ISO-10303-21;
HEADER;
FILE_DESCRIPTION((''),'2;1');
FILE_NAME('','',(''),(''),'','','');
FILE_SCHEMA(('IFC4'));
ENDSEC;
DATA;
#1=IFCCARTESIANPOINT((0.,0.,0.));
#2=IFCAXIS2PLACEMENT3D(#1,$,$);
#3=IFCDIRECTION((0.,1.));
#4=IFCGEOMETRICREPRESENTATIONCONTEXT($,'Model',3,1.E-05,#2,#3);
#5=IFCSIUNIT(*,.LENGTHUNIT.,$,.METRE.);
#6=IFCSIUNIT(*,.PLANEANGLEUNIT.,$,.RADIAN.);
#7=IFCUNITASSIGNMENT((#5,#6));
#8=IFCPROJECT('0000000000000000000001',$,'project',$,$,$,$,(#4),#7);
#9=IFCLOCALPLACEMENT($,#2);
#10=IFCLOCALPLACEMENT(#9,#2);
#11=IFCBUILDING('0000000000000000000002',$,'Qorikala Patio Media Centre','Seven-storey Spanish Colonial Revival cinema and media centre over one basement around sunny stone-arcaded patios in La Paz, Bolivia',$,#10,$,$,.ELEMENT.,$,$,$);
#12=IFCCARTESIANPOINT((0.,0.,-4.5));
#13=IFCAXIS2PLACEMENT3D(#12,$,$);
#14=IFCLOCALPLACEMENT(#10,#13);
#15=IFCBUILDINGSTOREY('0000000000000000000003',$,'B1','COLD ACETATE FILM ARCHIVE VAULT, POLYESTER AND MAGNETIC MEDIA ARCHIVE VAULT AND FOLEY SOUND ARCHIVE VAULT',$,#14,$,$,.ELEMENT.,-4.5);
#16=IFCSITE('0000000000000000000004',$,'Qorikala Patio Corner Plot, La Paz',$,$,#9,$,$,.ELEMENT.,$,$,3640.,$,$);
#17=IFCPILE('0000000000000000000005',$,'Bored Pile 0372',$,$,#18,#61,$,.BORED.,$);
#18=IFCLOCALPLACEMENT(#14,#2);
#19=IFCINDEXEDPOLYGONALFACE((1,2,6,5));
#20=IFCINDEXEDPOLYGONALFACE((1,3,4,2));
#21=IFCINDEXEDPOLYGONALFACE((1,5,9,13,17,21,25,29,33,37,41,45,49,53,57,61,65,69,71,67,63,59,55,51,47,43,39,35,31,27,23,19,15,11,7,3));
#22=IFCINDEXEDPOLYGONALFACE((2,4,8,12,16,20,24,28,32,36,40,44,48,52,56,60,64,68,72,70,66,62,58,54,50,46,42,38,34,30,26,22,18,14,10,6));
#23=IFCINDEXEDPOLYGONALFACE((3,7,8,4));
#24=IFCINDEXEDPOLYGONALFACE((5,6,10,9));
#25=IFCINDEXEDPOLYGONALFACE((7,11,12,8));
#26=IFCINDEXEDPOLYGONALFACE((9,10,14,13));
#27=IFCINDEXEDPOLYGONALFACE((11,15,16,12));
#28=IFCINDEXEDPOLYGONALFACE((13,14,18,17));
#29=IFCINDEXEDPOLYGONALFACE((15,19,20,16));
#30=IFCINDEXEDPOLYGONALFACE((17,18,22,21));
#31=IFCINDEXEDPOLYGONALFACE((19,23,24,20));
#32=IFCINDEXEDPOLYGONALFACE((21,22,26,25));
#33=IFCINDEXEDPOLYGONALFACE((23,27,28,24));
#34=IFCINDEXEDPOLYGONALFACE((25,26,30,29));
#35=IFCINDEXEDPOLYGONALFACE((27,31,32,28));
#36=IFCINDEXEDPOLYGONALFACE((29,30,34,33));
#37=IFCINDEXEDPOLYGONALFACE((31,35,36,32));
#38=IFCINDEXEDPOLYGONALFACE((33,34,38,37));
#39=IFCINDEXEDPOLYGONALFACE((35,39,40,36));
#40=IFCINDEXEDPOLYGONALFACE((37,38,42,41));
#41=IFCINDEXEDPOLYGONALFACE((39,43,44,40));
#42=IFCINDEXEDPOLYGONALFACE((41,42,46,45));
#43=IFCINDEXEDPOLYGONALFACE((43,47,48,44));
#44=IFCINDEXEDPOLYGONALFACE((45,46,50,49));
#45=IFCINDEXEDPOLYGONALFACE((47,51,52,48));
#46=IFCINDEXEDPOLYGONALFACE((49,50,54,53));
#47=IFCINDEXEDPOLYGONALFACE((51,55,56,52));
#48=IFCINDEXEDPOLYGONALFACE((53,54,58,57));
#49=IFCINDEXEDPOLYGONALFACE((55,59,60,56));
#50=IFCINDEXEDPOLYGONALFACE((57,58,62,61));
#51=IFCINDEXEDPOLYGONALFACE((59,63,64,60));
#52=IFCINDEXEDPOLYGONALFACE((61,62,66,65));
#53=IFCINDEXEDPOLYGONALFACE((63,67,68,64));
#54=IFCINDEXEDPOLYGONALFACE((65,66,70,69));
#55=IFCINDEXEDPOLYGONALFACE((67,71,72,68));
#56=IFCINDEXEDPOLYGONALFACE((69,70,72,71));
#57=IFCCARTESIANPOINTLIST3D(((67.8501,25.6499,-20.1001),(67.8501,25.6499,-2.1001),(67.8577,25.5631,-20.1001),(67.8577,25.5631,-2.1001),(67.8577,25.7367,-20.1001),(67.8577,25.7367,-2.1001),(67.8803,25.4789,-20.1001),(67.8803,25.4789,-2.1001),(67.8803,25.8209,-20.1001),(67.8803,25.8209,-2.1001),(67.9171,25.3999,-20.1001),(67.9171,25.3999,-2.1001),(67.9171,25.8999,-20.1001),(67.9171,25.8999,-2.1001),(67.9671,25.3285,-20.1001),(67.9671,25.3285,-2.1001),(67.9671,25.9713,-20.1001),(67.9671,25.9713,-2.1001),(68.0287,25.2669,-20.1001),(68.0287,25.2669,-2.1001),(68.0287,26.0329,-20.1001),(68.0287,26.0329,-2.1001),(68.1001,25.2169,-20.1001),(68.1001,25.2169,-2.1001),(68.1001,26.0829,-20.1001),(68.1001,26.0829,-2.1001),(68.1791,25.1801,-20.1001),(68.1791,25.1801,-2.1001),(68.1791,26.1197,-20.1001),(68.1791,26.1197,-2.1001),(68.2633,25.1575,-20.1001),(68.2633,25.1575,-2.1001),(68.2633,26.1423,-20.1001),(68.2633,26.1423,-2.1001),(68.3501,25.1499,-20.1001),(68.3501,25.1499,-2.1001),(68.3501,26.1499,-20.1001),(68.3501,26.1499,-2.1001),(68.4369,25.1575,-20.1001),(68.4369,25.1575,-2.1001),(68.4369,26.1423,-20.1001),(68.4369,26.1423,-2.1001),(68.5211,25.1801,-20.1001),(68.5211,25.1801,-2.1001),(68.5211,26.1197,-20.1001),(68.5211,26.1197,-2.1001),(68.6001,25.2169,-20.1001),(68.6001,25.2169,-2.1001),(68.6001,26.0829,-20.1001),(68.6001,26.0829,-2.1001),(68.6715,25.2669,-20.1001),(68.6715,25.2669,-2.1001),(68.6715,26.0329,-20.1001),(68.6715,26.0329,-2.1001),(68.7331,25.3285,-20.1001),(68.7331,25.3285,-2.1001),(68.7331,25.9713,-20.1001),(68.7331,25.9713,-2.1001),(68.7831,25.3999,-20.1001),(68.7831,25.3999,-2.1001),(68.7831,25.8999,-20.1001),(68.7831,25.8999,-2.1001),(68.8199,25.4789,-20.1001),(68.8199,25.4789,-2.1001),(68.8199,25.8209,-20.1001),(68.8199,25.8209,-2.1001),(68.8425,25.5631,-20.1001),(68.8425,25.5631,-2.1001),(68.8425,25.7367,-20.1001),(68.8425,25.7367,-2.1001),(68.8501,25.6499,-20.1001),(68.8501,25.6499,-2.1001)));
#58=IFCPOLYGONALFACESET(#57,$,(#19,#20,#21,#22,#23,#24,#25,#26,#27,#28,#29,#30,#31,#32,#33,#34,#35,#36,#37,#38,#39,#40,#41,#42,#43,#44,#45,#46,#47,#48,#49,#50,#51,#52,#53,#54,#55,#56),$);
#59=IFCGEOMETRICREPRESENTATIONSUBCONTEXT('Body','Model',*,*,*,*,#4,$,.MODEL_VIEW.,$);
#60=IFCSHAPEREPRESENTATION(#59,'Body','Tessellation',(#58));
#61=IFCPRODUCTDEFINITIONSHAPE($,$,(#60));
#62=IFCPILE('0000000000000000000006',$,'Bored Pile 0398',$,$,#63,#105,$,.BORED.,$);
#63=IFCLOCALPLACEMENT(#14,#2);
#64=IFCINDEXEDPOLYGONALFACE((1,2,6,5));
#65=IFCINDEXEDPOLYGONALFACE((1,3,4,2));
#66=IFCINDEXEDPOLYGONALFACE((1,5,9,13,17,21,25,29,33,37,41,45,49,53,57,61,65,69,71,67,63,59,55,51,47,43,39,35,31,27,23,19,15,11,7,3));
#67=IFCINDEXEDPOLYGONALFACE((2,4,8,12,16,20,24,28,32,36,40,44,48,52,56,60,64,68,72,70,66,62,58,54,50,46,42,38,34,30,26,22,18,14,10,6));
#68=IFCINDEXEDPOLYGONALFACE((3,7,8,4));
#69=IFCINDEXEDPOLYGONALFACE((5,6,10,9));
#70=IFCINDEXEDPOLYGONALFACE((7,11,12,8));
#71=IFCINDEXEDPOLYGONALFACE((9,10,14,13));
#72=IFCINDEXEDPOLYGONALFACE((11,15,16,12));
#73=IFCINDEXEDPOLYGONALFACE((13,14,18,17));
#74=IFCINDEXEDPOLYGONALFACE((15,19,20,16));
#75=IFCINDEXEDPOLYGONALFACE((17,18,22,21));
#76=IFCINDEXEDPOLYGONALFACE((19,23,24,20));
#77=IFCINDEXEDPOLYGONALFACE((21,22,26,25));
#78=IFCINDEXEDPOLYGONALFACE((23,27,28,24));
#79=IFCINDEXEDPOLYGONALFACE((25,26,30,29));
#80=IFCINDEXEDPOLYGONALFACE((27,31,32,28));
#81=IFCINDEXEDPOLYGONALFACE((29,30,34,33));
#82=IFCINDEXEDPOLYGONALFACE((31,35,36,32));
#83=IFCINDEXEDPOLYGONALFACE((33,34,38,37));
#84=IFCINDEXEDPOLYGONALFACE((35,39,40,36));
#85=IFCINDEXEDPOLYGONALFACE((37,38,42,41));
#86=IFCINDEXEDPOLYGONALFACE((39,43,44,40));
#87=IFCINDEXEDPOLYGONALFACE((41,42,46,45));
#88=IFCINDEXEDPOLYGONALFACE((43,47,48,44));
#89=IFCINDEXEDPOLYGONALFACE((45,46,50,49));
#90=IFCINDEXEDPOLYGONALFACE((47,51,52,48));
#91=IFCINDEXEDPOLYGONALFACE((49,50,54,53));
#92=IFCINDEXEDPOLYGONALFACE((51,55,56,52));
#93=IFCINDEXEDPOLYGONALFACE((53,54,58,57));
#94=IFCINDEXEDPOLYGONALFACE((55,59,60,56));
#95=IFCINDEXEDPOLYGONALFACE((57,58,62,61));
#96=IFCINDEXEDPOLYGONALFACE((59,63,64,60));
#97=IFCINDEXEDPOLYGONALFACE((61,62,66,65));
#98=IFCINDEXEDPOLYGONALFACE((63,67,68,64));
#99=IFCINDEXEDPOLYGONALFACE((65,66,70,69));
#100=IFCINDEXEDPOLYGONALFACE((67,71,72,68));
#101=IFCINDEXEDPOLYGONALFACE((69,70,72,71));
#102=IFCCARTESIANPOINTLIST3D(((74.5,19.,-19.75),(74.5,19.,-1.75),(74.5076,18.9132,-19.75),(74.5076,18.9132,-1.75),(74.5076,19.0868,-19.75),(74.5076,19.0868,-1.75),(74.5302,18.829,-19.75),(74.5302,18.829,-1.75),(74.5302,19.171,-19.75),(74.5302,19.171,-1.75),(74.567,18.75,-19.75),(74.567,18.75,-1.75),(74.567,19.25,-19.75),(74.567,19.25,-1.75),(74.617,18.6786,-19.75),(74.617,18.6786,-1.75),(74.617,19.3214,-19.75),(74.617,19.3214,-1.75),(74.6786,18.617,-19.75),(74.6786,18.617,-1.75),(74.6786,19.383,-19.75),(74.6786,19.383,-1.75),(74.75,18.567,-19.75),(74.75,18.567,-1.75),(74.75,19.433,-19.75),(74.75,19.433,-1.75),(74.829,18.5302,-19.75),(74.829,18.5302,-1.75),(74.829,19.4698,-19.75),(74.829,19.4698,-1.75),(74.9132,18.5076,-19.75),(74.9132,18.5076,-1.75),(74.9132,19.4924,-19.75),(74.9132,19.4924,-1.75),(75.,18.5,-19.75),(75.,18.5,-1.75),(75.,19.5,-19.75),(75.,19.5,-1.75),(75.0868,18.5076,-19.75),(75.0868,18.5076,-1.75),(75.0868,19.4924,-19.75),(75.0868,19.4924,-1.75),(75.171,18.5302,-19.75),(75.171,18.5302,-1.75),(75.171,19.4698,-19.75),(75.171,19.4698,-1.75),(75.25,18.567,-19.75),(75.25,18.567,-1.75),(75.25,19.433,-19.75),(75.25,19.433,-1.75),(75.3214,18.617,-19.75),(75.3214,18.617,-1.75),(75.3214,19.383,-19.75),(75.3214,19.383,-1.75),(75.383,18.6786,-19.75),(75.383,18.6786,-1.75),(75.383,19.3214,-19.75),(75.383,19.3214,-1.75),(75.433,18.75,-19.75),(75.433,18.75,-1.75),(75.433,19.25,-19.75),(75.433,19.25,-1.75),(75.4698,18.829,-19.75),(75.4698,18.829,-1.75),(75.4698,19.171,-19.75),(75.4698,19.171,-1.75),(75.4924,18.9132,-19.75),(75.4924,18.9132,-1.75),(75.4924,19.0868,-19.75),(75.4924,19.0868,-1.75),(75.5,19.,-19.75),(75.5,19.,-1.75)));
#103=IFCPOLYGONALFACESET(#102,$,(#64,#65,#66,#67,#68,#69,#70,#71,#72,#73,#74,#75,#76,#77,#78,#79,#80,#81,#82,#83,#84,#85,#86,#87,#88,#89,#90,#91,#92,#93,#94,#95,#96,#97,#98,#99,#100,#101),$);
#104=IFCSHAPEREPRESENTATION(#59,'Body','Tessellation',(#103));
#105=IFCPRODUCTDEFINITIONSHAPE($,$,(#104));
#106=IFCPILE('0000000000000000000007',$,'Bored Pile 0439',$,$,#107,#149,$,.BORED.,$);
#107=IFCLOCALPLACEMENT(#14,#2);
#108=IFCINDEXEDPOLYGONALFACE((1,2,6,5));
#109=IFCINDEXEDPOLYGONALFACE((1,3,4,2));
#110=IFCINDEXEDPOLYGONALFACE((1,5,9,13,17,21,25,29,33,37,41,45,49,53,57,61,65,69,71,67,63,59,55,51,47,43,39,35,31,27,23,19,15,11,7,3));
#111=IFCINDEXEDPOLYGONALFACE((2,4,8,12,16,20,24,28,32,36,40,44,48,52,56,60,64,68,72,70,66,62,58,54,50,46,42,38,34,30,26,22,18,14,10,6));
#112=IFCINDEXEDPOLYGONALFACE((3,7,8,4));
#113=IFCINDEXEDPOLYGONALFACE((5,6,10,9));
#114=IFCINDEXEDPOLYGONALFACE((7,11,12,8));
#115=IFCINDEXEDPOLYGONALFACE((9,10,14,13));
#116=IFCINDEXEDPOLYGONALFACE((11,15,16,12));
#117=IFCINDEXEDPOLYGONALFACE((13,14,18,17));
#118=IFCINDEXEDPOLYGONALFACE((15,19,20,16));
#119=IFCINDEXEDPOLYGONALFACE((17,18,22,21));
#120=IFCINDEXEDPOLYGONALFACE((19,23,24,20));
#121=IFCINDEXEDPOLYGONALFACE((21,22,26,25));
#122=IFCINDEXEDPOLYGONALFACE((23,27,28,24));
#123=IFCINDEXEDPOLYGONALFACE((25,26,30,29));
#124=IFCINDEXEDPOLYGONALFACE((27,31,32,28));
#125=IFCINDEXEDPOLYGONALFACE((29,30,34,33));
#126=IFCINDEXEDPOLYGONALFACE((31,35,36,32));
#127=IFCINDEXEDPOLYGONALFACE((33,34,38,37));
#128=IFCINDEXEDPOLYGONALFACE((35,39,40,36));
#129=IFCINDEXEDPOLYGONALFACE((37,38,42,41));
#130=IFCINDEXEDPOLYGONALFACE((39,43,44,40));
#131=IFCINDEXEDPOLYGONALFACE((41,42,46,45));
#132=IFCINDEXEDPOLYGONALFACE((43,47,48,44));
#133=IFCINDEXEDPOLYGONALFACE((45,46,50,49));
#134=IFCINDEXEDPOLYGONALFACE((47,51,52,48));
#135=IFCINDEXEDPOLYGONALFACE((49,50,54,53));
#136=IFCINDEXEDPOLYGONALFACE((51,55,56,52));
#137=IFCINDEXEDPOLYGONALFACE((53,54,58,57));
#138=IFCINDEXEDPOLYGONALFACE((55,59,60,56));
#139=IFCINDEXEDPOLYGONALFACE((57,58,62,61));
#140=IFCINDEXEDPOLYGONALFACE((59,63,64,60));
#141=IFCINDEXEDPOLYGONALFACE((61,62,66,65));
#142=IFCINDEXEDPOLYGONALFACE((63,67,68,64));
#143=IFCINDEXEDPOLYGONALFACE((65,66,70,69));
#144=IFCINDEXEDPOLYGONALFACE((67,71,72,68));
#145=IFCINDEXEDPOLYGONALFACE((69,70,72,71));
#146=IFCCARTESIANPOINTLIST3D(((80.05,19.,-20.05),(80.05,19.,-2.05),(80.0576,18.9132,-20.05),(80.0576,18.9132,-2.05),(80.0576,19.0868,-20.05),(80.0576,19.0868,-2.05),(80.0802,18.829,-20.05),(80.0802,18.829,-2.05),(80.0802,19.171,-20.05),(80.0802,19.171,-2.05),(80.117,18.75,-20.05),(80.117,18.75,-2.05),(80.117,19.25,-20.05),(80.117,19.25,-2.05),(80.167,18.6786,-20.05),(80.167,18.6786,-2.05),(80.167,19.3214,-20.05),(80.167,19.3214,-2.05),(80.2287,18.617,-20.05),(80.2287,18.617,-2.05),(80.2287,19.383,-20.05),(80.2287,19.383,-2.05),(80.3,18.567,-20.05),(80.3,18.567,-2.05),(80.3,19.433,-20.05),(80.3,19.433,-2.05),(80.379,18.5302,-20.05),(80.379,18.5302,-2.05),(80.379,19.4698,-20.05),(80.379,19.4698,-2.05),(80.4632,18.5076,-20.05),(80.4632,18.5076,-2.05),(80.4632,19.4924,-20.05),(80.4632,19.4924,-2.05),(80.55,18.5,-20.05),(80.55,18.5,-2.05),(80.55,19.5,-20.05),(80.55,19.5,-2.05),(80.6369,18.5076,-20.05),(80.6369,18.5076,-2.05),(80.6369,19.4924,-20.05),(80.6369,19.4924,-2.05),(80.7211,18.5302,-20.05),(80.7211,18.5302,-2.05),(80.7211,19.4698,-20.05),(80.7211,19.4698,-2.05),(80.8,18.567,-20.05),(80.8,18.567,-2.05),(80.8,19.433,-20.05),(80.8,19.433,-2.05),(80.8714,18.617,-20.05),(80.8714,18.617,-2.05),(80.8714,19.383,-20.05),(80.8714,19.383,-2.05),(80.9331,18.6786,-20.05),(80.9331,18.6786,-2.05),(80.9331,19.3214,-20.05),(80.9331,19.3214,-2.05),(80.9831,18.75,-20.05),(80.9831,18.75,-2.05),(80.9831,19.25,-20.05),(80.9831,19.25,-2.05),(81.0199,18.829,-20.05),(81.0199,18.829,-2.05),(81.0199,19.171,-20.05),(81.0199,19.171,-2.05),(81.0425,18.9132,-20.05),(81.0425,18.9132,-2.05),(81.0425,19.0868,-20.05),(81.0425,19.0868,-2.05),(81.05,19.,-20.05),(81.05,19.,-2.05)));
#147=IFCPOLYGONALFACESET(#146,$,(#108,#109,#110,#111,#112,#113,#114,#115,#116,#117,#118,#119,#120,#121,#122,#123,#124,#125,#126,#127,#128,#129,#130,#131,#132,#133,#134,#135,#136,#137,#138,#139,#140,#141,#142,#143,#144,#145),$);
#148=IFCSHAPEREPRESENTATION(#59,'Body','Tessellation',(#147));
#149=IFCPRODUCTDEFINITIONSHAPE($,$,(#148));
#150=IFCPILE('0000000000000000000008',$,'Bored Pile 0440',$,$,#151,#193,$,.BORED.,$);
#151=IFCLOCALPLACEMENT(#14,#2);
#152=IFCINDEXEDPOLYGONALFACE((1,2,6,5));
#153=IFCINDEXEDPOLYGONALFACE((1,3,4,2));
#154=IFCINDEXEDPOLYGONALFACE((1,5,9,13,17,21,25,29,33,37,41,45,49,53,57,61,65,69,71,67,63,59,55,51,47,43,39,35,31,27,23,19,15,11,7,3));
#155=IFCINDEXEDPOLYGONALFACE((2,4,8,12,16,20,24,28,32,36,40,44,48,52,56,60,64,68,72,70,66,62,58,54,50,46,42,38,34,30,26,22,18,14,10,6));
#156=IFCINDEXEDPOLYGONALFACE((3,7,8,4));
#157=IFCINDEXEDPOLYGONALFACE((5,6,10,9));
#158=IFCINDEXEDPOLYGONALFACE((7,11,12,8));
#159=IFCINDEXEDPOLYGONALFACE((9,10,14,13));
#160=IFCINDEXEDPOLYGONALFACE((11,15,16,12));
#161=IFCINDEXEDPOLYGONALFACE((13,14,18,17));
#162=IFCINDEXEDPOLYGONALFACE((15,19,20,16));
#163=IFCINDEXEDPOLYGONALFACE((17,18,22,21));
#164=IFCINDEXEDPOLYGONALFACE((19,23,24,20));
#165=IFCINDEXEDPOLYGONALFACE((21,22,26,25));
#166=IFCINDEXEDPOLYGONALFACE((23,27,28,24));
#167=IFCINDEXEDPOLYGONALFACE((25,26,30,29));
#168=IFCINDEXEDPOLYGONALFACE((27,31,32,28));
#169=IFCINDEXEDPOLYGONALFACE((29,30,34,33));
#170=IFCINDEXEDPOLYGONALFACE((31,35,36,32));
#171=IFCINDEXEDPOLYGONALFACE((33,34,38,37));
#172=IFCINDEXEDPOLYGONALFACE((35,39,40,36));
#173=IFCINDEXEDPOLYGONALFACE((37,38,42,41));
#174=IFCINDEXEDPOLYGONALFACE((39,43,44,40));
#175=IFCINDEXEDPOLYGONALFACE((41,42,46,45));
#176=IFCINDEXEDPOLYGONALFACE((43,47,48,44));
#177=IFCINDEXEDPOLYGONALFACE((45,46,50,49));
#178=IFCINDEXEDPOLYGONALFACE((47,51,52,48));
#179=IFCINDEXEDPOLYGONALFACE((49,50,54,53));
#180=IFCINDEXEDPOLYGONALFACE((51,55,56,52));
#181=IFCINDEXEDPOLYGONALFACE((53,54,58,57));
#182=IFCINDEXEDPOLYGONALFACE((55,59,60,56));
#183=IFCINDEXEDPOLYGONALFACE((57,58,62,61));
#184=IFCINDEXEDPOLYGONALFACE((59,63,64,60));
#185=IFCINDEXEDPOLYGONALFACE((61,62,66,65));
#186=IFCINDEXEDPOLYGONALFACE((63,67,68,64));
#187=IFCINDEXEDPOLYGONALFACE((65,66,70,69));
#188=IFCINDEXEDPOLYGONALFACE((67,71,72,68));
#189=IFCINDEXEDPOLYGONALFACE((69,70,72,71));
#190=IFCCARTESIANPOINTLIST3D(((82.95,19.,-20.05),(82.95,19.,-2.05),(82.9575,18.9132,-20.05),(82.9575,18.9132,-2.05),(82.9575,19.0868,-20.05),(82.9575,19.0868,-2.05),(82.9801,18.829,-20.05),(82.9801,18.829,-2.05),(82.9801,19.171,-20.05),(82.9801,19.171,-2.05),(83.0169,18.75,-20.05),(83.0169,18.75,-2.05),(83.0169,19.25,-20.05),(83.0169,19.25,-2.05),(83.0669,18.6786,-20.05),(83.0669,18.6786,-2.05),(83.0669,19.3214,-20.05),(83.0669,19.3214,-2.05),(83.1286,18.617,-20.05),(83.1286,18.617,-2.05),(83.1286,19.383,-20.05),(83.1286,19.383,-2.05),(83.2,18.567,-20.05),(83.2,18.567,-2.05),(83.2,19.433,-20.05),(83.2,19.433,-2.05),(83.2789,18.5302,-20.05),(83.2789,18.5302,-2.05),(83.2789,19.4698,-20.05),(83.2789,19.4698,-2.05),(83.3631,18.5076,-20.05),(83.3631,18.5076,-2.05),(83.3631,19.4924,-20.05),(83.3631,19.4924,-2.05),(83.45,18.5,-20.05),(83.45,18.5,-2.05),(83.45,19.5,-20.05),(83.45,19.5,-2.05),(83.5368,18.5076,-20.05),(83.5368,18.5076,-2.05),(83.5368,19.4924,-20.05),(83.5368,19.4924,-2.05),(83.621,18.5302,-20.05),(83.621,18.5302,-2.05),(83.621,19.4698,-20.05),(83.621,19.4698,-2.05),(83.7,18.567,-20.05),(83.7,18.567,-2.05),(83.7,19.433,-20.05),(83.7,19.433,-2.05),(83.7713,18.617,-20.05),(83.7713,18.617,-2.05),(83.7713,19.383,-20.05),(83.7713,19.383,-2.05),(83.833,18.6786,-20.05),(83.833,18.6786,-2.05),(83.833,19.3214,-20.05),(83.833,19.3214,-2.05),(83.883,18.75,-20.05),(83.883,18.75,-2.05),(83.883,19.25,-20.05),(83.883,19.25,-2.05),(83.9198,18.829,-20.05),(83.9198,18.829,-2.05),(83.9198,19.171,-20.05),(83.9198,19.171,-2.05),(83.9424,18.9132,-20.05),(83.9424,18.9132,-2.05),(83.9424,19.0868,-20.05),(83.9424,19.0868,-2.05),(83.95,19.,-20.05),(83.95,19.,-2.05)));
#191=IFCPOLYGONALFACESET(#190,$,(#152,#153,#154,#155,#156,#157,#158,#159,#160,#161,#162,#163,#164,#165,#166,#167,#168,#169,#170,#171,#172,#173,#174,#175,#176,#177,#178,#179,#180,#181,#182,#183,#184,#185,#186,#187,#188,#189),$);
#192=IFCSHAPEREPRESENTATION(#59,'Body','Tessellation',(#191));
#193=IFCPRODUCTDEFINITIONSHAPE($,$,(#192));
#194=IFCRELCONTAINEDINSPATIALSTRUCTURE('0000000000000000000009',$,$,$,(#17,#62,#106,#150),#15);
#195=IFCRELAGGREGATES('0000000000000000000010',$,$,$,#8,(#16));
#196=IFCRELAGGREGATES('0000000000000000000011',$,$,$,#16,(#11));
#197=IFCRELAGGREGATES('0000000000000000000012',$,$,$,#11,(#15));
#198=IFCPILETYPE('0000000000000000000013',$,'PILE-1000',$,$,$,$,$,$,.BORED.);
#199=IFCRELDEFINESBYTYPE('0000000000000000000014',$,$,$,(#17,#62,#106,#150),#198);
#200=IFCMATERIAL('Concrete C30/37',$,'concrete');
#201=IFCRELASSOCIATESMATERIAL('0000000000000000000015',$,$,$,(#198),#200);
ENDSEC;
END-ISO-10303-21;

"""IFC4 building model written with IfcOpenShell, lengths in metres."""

from ifc_helpers import new_model, si_unit, direction, frame, origin, origin_2d, place, context, subcontext, project, spatial, circle, extrude, material, material_profile, profile_set, type_object, element, save


model = new_model("IFC4")

# Units and contexts
model_context = context("Model", 3, precision=1e-05, world=origin(), true_north=direction((0.0, 1.0)))
body_context = subcontext(model_context, "Body", "Model", "MODEL_VIEW")
ifc_project = project(units=[si_unit("LENGTHUNIT", "METRE"), si_unit("PLANEANGLEUNIT", "RADIAN")], contexts=[model_context])

# Site, building, storey
site_placement = place(None, origin())
site = spatial("IfcSite", under=ifc_project, at=site_placement, Name="Qorikala Patio Corner Plot, La Paz", CompositionType="ELEMENT", RefElevation=3640.0)
building_placement = place(site_placement, origin())
building = spatial("IfcBuilding", under=site, at=building_placement, Name="Qorikala Patio Media Centre", Description="Seven-storey Spanish Colonial Revival cinema and media centre over one basement around sunny stone-arcaded patios in La Paz, Bolivia", CompositionType="ELEMENT")
storey_placement = place(building_placement, frame((0.0, 0.0, -4.5)))
storey = spatial("IfcBuildingStorey", under=building, at=storey_placement, Name="B1", Description="COLD ACETATE FILM ARCHIVE VAULT, POLYESTER AND MAGNETIC MEDIA ARCHIVE VAULT AND FOLEY SOUND ARCHIVE VAULT", CompositionType="ELEMENT", Elevation=-4.5)

# Shared definitions
ifc_material_1 = material(Name="Concrete C30/37", Category="concrete")

# Piles
ifc_material_profile_1 = material_profile(ifc_material_1, circle(Radius=0.5, at=origin_2d()), Name="BORED PILE 1000")
ifc_profile_set_1 = profile_set([ifc_material_profile_1], Name="Concrete C30/37")
pile_type_1 = type_object("IfcPileType", Name="PILE-1000", PredefinedType="BORED", material=ifc_profile_set_1)
for number, where, z_axis, x_axis, name in (
    (1, (68.3501, 25.6499, -2.1001), (0.0, 0.0, -1.0), (1.0, 0.0, 0.0), "Bored Pile 0372"),
    (2, (75.0, 19.0, -1.75), (0.0, 0.0, -1.0), (1.0, 0.0, 0.0), "Bored Pile 0398"),
    (3, (80.55, 19.0, -2.05), (0.0, 0.0, -1.0), (1.0, 0.0, 0.0), "Bored Pile 0439"),
    (4, (83.45, 19.0, -2.05), (0.0, 0.0, -1.0), (1.0, 0.0, 0.0), "Bored Pile 0440"),
):
    element("IfcPile", number, at=place(storey_placement, frame(where, z_axis=z_axis, x_axis=x_axis)), inside=storey, type_object=pile_type_1, Name=name, PredefinedType="BORED", context=body_context, shape_type="SweptSolid", body=[
        extrude(circle(Radius=0.5, at=origin_2d()), origin(), (0.0, 0.0, 1.0), 18.0),
    ])

save(model, "model.ifc")
